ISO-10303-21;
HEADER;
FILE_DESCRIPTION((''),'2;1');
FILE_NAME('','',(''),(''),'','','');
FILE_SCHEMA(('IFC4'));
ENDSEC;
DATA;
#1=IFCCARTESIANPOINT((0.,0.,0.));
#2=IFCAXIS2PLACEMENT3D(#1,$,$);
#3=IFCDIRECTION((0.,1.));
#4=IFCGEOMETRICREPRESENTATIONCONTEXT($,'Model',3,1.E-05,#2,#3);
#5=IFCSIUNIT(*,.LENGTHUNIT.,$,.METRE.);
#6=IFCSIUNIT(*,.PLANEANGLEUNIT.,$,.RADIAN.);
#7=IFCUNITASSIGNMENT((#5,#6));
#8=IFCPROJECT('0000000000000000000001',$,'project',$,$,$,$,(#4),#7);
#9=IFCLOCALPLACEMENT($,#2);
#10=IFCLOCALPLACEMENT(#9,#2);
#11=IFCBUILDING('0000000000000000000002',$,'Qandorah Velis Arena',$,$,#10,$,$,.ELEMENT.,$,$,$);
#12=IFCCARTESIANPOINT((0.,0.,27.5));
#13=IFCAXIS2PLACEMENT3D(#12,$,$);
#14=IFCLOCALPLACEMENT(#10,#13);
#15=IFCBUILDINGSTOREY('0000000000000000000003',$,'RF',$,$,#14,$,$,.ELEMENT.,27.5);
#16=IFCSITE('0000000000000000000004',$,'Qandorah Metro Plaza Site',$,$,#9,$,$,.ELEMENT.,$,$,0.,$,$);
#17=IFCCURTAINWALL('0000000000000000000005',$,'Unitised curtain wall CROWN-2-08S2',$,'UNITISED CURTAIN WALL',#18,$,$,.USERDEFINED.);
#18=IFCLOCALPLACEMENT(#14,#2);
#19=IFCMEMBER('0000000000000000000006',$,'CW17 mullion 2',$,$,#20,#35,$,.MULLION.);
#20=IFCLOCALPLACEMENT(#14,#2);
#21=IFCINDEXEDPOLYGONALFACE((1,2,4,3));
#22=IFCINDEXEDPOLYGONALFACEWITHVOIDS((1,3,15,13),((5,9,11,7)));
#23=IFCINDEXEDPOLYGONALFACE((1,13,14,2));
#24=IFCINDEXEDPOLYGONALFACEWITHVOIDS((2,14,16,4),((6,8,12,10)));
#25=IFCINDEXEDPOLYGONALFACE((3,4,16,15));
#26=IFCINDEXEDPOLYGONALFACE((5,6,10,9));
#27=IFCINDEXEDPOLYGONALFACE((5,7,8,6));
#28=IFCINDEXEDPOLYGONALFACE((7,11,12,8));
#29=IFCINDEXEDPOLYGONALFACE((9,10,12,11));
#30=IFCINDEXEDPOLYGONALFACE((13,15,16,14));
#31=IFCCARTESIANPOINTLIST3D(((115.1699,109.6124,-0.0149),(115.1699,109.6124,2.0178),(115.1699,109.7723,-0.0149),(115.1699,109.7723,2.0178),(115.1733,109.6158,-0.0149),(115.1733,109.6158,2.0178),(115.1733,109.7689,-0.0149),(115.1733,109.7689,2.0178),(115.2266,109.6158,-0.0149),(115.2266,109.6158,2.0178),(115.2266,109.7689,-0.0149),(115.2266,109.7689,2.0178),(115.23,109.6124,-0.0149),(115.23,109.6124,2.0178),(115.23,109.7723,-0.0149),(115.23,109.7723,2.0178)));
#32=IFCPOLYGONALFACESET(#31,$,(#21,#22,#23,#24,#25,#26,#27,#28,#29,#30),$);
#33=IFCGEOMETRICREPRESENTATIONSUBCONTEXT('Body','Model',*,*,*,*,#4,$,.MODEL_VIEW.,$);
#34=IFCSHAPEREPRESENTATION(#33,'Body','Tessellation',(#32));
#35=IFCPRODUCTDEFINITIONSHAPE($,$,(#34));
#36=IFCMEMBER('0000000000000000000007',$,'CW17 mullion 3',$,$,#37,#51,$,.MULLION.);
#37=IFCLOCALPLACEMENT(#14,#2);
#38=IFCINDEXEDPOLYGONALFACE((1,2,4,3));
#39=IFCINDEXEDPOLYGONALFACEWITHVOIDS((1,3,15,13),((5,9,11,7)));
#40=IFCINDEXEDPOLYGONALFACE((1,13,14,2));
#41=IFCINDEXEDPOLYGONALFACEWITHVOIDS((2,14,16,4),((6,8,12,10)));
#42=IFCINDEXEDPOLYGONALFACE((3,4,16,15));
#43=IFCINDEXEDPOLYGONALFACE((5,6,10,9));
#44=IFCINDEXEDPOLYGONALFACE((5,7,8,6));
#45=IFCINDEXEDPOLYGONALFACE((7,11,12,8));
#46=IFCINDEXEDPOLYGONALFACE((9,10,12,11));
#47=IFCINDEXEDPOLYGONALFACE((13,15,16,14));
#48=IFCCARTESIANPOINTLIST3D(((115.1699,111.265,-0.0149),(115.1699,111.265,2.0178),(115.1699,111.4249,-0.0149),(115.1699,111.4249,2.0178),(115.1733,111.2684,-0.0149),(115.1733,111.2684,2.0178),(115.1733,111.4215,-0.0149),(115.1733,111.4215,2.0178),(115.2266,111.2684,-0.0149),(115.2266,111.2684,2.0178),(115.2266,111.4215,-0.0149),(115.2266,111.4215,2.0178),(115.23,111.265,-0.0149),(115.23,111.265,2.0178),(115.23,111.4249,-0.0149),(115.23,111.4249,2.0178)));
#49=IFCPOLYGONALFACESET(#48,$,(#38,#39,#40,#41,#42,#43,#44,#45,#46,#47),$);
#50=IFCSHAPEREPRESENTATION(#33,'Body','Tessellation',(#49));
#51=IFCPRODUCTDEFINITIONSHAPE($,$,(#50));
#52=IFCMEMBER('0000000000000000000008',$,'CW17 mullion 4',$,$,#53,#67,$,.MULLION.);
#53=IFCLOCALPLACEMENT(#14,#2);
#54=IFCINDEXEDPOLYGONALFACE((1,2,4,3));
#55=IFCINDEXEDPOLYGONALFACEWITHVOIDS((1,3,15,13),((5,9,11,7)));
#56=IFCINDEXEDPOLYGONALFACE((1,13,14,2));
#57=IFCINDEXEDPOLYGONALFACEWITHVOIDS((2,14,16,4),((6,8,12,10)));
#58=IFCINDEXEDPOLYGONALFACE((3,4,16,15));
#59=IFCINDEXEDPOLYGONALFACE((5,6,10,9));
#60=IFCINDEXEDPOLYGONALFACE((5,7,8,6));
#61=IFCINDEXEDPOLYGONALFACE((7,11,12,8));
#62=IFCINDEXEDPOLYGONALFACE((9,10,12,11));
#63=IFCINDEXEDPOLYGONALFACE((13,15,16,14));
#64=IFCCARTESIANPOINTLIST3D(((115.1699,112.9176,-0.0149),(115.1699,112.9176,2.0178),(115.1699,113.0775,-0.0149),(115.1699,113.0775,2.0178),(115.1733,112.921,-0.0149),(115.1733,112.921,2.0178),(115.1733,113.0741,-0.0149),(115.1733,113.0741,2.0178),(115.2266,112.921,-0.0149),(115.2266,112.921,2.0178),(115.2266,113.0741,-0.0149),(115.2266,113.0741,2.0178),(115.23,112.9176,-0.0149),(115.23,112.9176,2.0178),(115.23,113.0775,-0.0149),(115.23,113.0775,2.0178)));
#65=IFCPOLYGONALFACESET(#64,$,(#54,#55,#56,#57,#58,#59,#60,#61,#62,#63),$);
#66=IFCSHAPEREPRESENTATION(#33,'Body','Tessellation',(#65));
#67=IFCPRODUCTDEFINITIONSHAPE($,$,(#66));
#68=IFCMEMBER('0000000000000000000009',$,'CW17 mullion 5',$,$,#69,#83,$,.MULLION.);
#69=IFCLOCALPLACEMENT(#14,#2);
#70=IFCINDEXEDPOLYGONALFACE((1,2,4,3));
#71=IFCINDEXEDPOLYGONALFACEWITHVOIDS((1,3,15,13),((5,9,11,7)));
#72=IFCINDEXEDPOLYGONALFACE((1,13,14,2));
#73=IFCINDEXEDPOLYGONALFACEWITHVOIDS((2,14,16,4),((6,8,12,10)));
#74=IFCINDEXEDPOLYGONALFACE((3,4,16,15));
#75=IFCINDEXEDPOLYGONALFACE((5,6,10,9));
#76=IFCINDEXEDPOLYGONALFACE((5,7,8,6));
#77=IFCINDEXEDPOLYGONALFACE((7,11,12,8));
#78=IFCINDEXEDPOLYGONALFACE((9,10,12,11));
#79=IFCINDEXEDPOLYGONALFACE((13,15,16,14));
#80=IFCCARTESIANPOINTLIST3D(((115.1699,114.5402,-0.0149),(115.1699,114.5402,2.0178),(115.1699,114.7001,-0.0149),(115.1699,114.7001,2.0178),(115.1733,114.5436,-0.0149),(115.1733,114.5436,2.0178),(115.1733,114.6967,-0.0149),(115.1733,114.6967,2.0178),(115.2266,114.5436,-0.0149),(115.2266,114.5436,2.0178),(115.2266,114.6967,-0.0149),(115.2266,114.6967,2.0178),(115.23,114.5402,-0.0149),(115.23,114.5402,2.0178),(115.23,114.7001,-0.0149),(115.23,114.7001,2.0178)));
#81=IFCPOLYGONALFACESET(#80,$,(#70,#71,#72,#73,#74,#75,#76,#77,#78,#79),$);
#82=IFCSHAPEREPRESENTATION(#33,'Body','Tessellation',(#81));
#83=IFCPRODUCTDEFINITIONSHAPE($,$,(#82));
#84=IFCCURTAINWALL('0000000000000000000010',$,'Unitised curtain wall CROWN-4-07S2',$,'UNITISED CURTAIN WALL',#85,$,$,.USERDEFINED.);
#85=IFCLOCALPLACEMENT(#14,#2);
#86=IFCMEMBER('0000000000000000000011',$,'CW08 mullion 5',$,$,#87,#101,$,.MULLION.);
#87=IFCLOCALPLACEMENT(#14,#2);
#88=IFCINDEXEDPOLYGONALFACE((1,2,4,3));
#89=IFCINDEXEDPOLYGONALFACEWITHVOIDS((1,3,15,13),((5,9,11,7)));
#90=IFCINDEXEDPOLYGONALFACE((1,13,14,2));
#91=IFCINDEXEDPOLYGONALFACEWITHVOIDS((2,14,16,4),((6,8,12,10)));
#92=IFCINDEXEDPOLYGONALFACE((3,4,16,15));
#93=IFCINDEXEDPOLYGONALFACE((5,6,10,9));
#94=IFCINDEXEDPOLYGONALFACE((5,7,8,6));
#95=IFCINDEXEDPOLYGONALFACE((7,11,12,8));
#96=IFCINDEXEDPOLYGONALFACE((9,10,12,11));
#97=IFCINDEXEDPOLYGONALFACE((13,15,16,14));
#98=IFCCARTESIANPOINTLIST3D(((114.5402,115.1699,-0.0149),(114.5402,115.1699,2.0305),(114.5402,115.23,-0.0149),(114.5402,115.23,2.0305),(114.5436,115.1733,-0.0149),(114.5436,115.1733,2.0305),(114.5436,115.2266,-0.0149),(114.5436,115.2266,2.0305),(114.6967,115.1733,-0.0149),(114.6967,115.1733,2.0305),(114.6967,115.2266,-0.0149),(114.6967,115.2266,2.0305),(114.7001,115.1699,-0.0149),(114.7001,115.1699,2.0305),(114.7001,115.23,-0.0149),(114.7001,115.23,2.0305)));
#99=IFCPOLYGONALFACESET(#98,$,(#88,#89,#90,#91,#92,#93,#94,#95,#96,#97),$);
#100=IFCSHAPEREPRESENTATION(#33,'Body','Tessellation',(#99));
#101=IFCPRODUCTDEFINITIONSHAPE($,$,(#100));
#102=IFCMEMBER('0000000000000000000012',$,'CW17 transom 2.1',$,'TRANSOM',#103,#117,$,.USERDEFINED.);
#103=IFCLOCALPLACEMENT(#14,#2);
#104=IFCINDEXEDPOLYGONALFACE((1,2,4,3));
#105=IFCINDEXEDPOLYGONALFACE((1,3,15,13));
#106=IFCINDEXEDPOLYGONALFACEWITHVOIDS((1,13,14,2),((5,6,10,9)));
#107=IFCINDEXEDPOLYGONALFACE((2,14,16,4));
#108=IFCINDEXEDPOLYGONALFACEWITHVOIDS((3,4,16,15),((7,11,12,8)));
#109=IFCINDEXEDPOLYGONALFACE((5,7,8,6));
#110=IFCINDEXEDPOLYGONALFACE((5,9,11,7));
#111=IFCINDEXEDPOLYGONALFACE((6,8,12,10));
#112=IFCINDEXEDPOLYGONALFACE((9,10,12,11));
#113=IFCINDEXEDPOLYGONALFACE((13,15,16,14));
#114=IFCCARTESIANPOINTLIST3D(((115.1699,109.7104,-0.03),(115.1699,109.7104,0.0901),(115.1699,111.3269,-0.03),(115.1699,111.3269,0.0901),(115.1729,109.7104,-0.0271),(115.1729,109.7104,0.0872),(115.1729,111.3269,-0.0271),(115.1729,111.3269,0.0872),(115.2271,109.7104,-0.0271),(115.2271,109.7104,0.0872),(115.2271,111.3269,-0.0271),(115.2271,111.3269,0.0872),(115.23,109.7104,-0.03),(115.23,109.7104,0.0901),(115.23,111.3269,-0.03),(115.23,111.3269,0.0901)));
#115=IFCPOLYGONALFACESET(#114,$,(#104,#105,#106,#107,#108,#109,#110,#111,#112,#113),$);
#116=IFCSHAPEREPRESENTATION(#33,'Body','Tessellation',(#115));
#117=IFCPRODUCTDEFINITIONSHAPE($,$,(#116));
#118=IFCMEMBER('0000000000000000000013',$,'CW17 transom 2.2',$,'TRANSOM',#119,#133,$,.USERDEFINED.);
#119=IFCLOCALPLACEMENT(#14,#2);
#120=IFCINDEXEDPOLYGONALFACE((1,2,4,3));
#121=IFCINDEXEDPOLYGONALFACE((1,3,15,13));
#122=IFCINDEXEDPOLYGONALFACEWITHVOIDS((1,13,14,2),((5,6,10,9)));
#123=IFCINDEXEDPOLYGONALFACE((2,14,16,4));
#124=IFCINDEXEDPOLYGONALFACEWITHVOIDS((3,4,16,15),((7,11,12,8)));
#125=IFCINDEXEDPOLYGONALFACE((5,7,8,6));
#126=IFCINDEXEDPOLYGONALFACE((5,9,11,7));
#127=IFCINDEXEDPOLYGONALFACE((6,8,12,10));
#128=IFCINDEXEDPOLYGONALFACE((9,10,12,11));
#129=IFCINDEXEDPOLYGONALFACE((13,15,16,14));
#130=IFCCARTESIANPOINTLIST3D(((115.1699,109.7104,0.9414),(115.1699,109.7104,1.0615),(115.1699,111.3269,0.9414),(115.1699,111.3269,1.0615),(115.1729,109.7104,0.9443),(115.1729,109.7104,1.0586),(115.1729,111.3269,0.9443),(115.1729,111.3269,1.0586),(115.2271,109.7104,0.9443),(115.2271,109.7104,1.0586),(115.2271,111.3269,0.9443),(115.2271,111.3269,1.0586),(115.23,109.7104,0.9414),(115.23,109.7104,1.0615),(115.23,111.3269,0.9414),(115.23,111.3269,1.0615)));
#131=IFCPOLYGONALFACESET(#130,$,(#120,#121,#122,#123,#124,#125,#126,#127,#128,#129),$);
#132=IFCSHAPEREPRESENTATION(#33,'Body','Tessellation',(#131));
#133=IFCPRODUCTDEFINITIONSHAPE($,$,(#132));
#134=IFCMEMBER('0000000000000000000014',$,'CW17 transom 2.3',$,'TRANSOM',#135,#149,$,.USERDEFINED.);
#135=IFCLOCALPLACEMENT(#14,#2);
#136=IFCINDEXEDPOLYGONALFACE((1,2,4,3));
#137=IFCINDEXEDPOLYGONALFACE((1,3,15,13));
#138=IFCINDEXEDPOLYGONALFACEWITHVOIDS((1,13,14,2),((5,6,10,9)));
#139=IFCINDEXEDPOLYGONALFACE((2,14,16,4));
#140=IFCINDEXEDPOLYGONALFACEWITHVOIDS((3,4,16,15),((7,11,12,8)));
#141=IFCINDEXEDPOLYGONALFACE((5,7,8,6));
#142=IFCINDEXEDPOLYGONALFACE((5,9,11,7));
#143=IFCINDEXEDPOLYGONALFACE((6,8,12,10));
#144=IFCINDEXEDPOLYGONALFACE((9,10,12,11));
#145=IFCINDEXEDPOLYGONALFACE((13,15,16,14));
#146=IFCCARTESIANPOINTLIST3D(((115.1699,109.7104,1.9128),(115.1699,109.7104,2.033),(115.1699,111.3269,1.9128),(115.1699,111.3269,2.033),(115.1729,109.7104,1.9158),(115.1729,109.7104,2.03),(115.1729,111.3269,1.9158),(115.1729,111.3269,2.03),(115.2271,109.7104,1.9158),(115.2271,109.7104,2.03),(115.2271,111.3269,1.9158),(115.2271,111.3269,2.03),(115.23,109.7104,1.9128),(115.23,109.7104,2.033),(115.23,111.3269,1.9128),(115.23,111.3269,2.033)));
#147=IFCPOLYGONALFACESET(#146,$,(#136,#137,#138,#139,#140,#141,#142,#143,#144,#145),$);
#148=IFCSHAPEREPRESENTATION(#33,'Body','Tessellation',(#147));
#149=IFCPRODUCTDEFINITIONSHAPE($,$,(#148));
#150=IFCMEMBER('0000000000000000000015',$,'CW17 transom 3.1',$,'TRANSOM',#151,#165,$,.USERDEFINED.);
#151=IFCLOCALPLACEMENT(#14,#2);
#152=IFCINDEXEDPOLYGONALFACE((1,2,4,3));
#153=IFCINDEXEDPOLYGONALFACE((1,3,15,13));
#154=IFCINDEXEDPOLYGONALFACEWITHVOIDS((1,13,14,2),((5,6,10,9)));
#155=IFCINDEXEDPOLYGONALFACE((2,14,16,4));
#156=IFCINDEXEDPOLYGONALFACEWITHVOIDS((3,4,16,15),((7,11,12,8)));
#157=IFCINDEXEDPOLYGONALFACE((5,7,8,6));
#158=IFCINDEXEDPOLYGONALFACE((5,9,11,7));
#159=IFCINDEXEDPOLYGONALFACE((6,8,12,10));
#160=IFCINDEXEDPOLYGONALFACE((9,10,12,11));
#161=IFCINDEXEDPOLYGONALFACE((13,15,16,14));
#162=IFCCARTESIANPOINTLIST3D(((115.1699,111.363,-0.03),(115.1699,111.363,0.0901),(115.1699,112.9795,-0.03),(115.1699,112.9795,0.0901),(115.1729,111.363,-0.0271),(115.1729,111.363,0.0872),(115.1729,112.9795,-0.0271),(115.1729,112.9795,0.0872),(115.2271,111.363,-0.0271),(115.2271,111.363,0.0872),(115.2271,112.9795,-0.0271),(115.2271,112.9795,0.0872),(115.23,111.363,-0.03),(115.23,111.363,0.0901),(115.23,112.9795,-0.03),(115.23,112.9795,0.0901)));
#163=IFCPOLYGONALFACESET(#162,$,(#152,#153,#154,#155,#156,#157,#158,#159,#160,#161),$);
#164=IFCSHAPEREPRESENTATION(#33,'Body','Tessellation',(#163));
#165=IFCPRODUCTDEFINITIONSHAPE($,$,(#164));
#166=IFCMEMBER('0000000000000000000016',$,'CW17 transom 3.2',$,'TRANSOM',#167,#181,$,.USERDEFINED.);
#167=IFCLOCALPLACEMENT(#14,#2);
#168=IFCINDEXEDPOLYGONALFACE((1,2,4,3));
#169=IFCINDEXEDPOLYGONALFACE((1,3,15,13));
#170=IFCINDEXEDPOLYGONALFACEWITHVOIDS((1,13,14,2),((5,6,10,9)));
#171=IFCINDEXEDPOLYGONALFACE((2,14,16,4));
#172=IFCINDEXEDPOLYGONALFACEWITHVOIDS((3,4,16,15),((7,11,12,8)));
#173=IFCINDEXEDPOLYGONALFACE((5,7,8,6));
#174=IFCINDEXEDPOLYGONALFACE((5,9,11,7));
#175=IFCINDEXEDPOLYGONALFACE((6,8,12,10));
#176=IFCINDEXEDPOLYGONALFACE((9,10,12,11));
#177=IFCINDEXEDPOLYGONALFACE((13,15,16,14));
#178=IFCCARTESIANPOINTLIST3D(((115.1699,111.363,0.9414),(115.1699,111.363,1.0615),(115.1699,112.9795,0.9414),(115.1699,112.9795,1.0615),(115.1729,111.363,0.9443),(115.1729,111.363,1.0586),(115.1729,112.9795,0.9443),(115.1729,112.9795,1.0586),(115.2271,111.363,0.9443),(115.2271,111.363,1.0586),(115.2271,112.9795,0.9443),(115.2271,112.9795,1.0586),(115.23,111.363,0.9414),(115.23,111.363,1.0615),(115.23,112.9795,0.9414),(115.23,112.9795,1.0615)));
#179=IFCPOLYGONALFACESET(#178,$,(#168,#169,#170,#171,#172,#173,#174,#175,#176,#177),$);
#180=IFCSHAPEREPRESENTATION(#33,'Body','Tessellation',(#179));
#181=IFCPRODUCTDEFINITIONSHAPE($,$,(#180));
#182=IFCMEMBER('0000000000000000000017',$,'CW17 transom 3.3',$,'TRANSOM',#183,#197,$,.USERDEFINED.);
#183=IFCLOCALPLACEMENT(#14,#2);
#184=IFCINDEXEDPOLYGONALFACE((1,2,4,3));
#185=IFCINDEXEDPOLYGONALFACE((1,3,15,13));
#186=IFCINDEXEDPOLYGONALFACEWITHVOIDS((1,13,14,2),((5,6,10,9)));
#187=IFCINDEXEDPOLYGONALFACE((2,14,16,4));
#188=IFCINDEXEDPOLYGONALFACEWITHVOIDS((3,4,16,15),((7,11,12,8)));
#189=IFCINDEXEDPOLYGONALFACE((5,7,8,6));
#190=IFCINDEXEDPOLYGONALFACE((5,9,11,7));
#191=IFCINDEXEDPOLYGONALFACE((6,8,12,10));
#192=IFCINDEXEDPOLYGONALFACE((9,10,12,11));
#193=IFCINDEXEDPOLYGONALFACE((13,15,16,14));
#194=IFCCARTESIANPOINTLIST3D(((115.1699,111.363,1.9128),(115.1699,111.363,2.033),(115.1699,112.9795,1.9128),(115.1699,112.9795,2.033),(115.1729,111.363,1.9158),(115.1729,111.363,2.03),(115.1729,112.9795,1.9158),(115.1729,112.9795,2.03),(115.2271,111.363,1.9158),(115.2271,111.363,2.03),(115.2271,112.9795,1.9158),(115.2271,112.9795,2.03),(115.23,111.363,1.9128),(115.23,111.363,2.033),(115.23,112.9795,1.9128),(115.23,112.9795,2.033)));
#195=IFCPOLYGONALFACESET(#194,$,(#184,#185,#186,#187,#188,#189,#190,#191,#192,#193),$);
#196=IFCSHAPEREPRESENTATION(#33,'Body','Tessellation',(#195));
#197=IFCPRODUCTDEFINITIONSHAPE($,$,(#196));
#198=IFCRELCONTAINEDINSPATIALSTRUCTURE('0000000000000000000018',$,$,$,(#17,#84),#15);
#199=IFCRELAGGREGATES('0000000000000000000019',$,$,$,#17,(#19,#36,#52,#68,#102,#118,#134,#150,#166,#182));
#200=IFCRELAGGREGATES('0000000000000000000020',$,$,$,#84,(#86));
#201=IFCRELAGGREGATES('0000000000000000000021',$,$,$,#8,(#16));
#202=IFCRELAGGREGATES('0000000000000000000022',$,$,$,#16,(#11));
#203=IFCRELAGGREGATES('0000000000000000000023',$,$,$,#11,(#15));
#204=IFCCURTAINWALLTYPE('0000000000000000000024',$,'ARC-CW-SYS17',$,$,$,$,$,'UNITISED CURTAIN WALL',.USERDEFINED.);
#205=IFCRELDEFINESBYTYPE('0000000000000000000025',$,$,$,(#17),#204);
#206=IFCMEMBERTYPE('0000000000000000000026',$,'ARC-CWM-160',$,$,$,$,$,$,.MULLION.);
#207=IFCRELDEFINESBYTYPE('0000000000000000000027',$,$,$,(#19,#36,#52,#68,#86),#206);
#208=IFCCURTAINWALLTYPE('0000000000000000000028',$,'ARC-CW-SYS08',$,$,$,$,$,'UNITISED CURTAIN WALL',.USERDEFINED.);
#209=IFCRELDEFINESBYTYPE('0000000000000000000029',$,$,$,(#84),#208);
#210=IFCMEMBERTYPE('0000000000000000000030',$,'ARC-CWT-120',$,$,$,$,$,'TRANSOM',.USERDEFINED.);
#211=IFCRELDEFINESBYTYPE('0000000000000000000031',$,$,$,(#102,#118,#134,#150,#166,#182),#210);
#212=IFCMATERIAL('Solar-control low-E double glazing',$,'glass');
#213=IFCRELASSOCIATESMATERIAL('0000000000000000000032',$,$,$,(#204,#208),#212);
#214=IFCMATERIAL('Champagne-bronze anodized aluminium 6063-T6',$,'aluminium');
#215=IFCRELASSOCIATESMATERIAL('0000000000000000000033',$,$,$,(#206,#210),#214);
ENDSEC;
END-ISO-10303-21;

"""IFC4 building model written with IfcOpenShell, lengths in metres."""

from ifc_helpers import new_model, si_unit, direction, frame, origin, origin_2d, place, context, subcontext, project, spatial, hollow_rectangle, extrude, material, material_profile, profile_set, type_object, element, aggregate, save


model = new_model("IFC4")

# Units and contexts
model_context = context("Model", 3, precision=1e-05, world=origin(), true_north=direction((0.0, 1.0)))
body_context = subcontext(model_context, "Body", "Model", "MODEL_VIEW")
ifc_project = project(units=[si_unit("LENGTHUNIT", "METRE"), si_unit("PLANEANGLEUNIT", "RADIAN")], contexts=[model_context])

# Site, building, storey
site_placement = place(None, origin())
site = spatial("IfcSite", under=ifc_project, at=site_placement, Name="Qandorah Metro Plaza Site", CompositionType="ELEMENT", RefElevation=0.0)
building_placement = place(site_placement, origin())
building = spatial("IfcBuilding", under=site, at=building_placement, Name="Qandorah Velis Arena", CompositionType="ELEMENT")
storey_placement = place(building_placement, frame((0.0, 0.0, 27.5)))
storey = spatial("IfcBuildingStorey", under=building, at=storey_placement, Name="RF", CompositionType="ELEMENT", Elevation=27.5)

# Curtain wall, members
ifc_material_1 = material(Name="Solar-control low-E double glazing", Category="glass")
curtain_wall_type_1 = type_object("IfcCurtainWallType", Name="ARC-CW-SYS17", ElementType="UNITISED CURTAIN WALL", PredefinedType="USERDEFINED", material=ifc_material_1)
curtain_wall_1_placement = place(storey_placement, origin())
curtain_wall_1 = element("IfcCurtainWall", 1, at=curtain_wall_1_placement, inside=storey, type_object=curtain_wall_type_1, Name="Unitised curtain wall CROWN-2-08S2", ObjectType="UNITISED CURTAIN WALL", PredefinedType="USERDEFINED")
ifc_material_2 = material(Name="Champagne-bronze anodized aluminium 6063-T6", Category="aluminium")
ifc_material_profile_1 = material_profile(ifc_material_2, hollow_rectangle(XDim=0.0601, YDim=0.1599, WallThickness=0.0034, at=origin_2d()), Name="ALU MULLION 60x160")
ifc_profile_set_1 = profile_set([ifc_material_profile_1], Name="Champagne-bronze anodized aluminium 6063-T6")
member_type_1 = type_object("IfcMemberType", Name="ARC-CWM-160", PredefinedType="MULLION", material=ifc_profile_set_1)
member_1_placement = place(storey_placement, frame((115.2, 109.6924, -0.0149), z_axis=(0.0, 0.0, 1.0), x_axis=(-1.0, 0.0, 0.0)))
member_1 = element("IfcMember", 2, at=member_1_placement, type_object=member_type_1, Name="CW17 mullion 2", PredefinedType="MULLION", context=body_context, shape_type="SweptSolid", body=[
    extrude(hollow_rectangle(XDim=0.0601, YDim=0.1599, WallThickness=0.0034, at=origin_2d()), origin(), (0.0, 0.0, 1.0), 2.0327),
])
member_2_placement = place(storey_placement, frame((115.2, 111.345, -0.0149), z_axis=(0.0, 0.0, 1.0), x_axis=(-1.0, 0.0, 0.0)))
member_2 = element("IfcMember", 3, at=member_2_placement, type_object=member_type_1, Name="CW17 mullion 3", PredefinedType="MULLION", context=body_context, shape_type="SweptSolid", body=[
    extrude(hollow_rectangle(XDim=0.0601, YDim=0.1599, WallThickness=0.0034, at=origin_2d()), origin(), (0.0, 0.0, 1.0), 2.0327),
])
member_3_placement = place(storey_placement, frame((115.2, 112.9976, -0.0149), z_axis=(0.0, 0.0, 1.0), x_axis=(-1.0, 0.0, 0.0)))
member_3 = element("IfcMember", 4, at=member_3_placement, type_object=member_type_1, Name="CW17 mullion 4", PredefinedType="MULLION", context=body_context, shape_type="SweptSolid", body=[
    extrude(hollow_rectangle(XDim=0.0601, YDim=0.1599, WallThickness=0.0034, at=origin_2d()), origin(), (0.0, 0.0, 1.0), 2.0327),
])
member_4_placement = place(storey_placement, frame((115.2, 114.6201, -0.0149), z_axis=(0.0, 0.0, 1.0), x_axis=(-1.0, 0.0, 0.0)))
member_4 = element("IfcMember", 5, at=member_4_placement, type_object=member_type_1, Name="CW17 mullion 5", PredefinedType="MULLION", context=body_context, shape_type="SweptSolid", body=[
    extrude(hollow_rectangle(XDim=0.0601, YDim=0.1599, WallThickness=0.0034, at=origin_2d()), origin(), (0.0, 0.0, 1.0), 2.0327),
])

# Curtain wall, member
curtain_wall_type_2 = type_object("IfcCurtainWallType", Name="ARC-CW-SYS08", ElementType="UNITISED CURTAIN WALL", PredefinedType="USERDEFINED", material=ifc_material_1)
curtain_wall_2_placement = place(storey_placement, origin())
curtain_wall_2 = element("IfcCurtainWall", 6, at=curtain_wall_2_placement, inside=storey, type_object=curtain_wall_type_2, Name="Unitised curtain wall CROWN-4-07S2", ObjectType="UNITISED CURTAIN WALL", PredefinedType="USERDEFINED")
member_5_placement = place(storey_placement, frame((114.6201, 115.2, -0.0149), z_axis=(0.0, 0.0, 1.0), x_axis=(0.0, 1.0, 0.0)))
member_5 = element("IfcMember", 7, at=member_5_placement, type_object=member_type_1, Name="CW08 mullion 5", PredefinedType="MULLION", context=body_context, shape_type="SweptSolid", body=[
    extrude(hollow_rectangle(XDim=0.0601, YDim=0.1599, WallThickness=0.0034, at=origin_2d()), origin(), (0.0, 0.0, 1.0), 2.0454),
])

# Members
ifc_material_profile_2 = material_profile(ifc_material_2, hollow_rectangle(XDim=0.0601, YDim=0.1201, WallThickness=0.0029, at=origin_2d()), Name="ALU TRANSOM 60x120")
ifc_profile_set_2 = profile_set([ifc_material_profile_2], Name="Champagne-bronze anodized aluminium 6063-T6")
member_type_2 = type_object("IfcMemberType", Name="ARC-CWT-120", ElementType="TRANSOM", PredefinedType="USERDEFINED", material=ifc_profile_set_2)
member_6_placement = place(storey_placement, frame((115.2, 109.7104, 0.03), z_axis=(0.0, 1.0, 0.0), x_axis=(-1.0, 0.0, 0.0)))
member_6 = element("IfcMember", 8, at=member_6_placement, type_object=member_type_2, Name="CW17 transom 2.1", ObjectType="TRANSOM", PredefinedType="USERDEFINED", context=body_context, shape_type="SweptSolid", body=[
    extrude(hollow_rectangle(XDim=0.0601, YDim=0.1201, WallThickness=0.0029, at=origin_2d()), origin(), (0.0, 0.0, 1.0), 1.6165),
])
member_7_placement = place(storey_placement, frame((115.2, 109.7104, 1.0015), z_axis=(0.0, 1.0, 0.0), x_axis=(-1.0, 0.0, 0.0)))
member_7 = element("IfcMember", 9, at=member_7_placement, type_object=member_type_2, Name="CW17 transom 2.2", ObjectType="TRANSOM", PredefinedType="USERDEFINED", context=body_context, shape_type="SweptSolid", body=[
    extrude(hollow_rectangle(XDim=0.0601, YDim=0.1201, WallThickness=0.0029, at=origin_2d()), origin(), (0.0, 0.0, 1.0), 1.6165),
])
member_8_placement = place(storey_placement, frame((115.2, 109.7104, 1.9729), z_axis=(0.0, 1.0, 0.0), x_axis=(-1.0, 0.0, 0.0)))
member_8 = element("IfcMember", 10, at=member_8_placement, type_object=member_type_2, Name="CW17 transom 2.3", ObjectType="TRANSOM", PredefinedType="USERDEFINED", context=body_context, shape_type="SweptSolid", body=[
    extrude(hollow_rectangle(XDim=0.0601, YDim=0.1201, WallThickness=0.0029, at=origin_2d()), origin(), (0.0, 0.0, 1.0), 1.6165),
])
member_9_placement = place(storey_placement, frame((115.2, 111.363, 0.03), z_axis=(0.0, 1.0, 0.0), x_axis=(-1.0, 0.0, 0.0)))
member_9 = element("IfcMember", 11, at=member_9_placement, type_object=member_type_2, Name="CW17 transom 3.1", ObjectType="TRANSOM", PredefinedType="USERDEFINED", context=body_context, shape_type="SweptSolid", body=[
    extrude(hollow_rectangle(XDim=0.0601, YDim=0.1201, WallThickness=0.0029, at=origin_2d()), origin(), (0.0, 0.0, 1.0), 1.6165),
])
member_10_placement = place(storey_placement, frame((115.2, 111.363, 1.0015), z_axis=(0.0, 1.0, 0.0), x_axis=(-1.0, 0.0, 0.0)))
member_10 = element("IfcMember", 12, at=member_10_placement, type_object=member_type_2, Name="CW17 transom 3.2", ObjectType="TRANSOM", PredefinedType="USERDEFINED", context=body_context, shape_type="SweptSolid", body=[
    extrude(hollow_rectangle(XDim=0.0601, YDim=0.1201, WallThickness=0.0029, at=origin_2d()), origin(), (0.0, 0.0, 1.0), 1.6165),
])
member_11_placement = place(storey_placement, frame((115.2, 111.363, 1.9729), z_axis=(0.0, 1.0, 0.0), x_axis=(-1.0, 0.0, 0.0)))
member_11 = element("IfcMember", 13, at=member_11_placement, type_object=member_type_2, Name="CW17 transom 3.3", ObjectType="TRANSOM", PredefinedType="USERDEFINED", context=body_context, shape_type="SweptSolid", body=[
    extrude(hollow_rectangle(XDim=0.0601, YDim=0.1201, WallThickness=0.0029, at=origin_2d()), origin(), (0.0, 0.0, 1.0), 1.6165),
])

aggregate(curtain_wall_1, [member_1, member_2, member_3, member_4, member_6, member_7, member_8, member_9, member_10, member_11])
aggregate(curtain_wall_2, [member_5])

save(model, "model.ifc")
